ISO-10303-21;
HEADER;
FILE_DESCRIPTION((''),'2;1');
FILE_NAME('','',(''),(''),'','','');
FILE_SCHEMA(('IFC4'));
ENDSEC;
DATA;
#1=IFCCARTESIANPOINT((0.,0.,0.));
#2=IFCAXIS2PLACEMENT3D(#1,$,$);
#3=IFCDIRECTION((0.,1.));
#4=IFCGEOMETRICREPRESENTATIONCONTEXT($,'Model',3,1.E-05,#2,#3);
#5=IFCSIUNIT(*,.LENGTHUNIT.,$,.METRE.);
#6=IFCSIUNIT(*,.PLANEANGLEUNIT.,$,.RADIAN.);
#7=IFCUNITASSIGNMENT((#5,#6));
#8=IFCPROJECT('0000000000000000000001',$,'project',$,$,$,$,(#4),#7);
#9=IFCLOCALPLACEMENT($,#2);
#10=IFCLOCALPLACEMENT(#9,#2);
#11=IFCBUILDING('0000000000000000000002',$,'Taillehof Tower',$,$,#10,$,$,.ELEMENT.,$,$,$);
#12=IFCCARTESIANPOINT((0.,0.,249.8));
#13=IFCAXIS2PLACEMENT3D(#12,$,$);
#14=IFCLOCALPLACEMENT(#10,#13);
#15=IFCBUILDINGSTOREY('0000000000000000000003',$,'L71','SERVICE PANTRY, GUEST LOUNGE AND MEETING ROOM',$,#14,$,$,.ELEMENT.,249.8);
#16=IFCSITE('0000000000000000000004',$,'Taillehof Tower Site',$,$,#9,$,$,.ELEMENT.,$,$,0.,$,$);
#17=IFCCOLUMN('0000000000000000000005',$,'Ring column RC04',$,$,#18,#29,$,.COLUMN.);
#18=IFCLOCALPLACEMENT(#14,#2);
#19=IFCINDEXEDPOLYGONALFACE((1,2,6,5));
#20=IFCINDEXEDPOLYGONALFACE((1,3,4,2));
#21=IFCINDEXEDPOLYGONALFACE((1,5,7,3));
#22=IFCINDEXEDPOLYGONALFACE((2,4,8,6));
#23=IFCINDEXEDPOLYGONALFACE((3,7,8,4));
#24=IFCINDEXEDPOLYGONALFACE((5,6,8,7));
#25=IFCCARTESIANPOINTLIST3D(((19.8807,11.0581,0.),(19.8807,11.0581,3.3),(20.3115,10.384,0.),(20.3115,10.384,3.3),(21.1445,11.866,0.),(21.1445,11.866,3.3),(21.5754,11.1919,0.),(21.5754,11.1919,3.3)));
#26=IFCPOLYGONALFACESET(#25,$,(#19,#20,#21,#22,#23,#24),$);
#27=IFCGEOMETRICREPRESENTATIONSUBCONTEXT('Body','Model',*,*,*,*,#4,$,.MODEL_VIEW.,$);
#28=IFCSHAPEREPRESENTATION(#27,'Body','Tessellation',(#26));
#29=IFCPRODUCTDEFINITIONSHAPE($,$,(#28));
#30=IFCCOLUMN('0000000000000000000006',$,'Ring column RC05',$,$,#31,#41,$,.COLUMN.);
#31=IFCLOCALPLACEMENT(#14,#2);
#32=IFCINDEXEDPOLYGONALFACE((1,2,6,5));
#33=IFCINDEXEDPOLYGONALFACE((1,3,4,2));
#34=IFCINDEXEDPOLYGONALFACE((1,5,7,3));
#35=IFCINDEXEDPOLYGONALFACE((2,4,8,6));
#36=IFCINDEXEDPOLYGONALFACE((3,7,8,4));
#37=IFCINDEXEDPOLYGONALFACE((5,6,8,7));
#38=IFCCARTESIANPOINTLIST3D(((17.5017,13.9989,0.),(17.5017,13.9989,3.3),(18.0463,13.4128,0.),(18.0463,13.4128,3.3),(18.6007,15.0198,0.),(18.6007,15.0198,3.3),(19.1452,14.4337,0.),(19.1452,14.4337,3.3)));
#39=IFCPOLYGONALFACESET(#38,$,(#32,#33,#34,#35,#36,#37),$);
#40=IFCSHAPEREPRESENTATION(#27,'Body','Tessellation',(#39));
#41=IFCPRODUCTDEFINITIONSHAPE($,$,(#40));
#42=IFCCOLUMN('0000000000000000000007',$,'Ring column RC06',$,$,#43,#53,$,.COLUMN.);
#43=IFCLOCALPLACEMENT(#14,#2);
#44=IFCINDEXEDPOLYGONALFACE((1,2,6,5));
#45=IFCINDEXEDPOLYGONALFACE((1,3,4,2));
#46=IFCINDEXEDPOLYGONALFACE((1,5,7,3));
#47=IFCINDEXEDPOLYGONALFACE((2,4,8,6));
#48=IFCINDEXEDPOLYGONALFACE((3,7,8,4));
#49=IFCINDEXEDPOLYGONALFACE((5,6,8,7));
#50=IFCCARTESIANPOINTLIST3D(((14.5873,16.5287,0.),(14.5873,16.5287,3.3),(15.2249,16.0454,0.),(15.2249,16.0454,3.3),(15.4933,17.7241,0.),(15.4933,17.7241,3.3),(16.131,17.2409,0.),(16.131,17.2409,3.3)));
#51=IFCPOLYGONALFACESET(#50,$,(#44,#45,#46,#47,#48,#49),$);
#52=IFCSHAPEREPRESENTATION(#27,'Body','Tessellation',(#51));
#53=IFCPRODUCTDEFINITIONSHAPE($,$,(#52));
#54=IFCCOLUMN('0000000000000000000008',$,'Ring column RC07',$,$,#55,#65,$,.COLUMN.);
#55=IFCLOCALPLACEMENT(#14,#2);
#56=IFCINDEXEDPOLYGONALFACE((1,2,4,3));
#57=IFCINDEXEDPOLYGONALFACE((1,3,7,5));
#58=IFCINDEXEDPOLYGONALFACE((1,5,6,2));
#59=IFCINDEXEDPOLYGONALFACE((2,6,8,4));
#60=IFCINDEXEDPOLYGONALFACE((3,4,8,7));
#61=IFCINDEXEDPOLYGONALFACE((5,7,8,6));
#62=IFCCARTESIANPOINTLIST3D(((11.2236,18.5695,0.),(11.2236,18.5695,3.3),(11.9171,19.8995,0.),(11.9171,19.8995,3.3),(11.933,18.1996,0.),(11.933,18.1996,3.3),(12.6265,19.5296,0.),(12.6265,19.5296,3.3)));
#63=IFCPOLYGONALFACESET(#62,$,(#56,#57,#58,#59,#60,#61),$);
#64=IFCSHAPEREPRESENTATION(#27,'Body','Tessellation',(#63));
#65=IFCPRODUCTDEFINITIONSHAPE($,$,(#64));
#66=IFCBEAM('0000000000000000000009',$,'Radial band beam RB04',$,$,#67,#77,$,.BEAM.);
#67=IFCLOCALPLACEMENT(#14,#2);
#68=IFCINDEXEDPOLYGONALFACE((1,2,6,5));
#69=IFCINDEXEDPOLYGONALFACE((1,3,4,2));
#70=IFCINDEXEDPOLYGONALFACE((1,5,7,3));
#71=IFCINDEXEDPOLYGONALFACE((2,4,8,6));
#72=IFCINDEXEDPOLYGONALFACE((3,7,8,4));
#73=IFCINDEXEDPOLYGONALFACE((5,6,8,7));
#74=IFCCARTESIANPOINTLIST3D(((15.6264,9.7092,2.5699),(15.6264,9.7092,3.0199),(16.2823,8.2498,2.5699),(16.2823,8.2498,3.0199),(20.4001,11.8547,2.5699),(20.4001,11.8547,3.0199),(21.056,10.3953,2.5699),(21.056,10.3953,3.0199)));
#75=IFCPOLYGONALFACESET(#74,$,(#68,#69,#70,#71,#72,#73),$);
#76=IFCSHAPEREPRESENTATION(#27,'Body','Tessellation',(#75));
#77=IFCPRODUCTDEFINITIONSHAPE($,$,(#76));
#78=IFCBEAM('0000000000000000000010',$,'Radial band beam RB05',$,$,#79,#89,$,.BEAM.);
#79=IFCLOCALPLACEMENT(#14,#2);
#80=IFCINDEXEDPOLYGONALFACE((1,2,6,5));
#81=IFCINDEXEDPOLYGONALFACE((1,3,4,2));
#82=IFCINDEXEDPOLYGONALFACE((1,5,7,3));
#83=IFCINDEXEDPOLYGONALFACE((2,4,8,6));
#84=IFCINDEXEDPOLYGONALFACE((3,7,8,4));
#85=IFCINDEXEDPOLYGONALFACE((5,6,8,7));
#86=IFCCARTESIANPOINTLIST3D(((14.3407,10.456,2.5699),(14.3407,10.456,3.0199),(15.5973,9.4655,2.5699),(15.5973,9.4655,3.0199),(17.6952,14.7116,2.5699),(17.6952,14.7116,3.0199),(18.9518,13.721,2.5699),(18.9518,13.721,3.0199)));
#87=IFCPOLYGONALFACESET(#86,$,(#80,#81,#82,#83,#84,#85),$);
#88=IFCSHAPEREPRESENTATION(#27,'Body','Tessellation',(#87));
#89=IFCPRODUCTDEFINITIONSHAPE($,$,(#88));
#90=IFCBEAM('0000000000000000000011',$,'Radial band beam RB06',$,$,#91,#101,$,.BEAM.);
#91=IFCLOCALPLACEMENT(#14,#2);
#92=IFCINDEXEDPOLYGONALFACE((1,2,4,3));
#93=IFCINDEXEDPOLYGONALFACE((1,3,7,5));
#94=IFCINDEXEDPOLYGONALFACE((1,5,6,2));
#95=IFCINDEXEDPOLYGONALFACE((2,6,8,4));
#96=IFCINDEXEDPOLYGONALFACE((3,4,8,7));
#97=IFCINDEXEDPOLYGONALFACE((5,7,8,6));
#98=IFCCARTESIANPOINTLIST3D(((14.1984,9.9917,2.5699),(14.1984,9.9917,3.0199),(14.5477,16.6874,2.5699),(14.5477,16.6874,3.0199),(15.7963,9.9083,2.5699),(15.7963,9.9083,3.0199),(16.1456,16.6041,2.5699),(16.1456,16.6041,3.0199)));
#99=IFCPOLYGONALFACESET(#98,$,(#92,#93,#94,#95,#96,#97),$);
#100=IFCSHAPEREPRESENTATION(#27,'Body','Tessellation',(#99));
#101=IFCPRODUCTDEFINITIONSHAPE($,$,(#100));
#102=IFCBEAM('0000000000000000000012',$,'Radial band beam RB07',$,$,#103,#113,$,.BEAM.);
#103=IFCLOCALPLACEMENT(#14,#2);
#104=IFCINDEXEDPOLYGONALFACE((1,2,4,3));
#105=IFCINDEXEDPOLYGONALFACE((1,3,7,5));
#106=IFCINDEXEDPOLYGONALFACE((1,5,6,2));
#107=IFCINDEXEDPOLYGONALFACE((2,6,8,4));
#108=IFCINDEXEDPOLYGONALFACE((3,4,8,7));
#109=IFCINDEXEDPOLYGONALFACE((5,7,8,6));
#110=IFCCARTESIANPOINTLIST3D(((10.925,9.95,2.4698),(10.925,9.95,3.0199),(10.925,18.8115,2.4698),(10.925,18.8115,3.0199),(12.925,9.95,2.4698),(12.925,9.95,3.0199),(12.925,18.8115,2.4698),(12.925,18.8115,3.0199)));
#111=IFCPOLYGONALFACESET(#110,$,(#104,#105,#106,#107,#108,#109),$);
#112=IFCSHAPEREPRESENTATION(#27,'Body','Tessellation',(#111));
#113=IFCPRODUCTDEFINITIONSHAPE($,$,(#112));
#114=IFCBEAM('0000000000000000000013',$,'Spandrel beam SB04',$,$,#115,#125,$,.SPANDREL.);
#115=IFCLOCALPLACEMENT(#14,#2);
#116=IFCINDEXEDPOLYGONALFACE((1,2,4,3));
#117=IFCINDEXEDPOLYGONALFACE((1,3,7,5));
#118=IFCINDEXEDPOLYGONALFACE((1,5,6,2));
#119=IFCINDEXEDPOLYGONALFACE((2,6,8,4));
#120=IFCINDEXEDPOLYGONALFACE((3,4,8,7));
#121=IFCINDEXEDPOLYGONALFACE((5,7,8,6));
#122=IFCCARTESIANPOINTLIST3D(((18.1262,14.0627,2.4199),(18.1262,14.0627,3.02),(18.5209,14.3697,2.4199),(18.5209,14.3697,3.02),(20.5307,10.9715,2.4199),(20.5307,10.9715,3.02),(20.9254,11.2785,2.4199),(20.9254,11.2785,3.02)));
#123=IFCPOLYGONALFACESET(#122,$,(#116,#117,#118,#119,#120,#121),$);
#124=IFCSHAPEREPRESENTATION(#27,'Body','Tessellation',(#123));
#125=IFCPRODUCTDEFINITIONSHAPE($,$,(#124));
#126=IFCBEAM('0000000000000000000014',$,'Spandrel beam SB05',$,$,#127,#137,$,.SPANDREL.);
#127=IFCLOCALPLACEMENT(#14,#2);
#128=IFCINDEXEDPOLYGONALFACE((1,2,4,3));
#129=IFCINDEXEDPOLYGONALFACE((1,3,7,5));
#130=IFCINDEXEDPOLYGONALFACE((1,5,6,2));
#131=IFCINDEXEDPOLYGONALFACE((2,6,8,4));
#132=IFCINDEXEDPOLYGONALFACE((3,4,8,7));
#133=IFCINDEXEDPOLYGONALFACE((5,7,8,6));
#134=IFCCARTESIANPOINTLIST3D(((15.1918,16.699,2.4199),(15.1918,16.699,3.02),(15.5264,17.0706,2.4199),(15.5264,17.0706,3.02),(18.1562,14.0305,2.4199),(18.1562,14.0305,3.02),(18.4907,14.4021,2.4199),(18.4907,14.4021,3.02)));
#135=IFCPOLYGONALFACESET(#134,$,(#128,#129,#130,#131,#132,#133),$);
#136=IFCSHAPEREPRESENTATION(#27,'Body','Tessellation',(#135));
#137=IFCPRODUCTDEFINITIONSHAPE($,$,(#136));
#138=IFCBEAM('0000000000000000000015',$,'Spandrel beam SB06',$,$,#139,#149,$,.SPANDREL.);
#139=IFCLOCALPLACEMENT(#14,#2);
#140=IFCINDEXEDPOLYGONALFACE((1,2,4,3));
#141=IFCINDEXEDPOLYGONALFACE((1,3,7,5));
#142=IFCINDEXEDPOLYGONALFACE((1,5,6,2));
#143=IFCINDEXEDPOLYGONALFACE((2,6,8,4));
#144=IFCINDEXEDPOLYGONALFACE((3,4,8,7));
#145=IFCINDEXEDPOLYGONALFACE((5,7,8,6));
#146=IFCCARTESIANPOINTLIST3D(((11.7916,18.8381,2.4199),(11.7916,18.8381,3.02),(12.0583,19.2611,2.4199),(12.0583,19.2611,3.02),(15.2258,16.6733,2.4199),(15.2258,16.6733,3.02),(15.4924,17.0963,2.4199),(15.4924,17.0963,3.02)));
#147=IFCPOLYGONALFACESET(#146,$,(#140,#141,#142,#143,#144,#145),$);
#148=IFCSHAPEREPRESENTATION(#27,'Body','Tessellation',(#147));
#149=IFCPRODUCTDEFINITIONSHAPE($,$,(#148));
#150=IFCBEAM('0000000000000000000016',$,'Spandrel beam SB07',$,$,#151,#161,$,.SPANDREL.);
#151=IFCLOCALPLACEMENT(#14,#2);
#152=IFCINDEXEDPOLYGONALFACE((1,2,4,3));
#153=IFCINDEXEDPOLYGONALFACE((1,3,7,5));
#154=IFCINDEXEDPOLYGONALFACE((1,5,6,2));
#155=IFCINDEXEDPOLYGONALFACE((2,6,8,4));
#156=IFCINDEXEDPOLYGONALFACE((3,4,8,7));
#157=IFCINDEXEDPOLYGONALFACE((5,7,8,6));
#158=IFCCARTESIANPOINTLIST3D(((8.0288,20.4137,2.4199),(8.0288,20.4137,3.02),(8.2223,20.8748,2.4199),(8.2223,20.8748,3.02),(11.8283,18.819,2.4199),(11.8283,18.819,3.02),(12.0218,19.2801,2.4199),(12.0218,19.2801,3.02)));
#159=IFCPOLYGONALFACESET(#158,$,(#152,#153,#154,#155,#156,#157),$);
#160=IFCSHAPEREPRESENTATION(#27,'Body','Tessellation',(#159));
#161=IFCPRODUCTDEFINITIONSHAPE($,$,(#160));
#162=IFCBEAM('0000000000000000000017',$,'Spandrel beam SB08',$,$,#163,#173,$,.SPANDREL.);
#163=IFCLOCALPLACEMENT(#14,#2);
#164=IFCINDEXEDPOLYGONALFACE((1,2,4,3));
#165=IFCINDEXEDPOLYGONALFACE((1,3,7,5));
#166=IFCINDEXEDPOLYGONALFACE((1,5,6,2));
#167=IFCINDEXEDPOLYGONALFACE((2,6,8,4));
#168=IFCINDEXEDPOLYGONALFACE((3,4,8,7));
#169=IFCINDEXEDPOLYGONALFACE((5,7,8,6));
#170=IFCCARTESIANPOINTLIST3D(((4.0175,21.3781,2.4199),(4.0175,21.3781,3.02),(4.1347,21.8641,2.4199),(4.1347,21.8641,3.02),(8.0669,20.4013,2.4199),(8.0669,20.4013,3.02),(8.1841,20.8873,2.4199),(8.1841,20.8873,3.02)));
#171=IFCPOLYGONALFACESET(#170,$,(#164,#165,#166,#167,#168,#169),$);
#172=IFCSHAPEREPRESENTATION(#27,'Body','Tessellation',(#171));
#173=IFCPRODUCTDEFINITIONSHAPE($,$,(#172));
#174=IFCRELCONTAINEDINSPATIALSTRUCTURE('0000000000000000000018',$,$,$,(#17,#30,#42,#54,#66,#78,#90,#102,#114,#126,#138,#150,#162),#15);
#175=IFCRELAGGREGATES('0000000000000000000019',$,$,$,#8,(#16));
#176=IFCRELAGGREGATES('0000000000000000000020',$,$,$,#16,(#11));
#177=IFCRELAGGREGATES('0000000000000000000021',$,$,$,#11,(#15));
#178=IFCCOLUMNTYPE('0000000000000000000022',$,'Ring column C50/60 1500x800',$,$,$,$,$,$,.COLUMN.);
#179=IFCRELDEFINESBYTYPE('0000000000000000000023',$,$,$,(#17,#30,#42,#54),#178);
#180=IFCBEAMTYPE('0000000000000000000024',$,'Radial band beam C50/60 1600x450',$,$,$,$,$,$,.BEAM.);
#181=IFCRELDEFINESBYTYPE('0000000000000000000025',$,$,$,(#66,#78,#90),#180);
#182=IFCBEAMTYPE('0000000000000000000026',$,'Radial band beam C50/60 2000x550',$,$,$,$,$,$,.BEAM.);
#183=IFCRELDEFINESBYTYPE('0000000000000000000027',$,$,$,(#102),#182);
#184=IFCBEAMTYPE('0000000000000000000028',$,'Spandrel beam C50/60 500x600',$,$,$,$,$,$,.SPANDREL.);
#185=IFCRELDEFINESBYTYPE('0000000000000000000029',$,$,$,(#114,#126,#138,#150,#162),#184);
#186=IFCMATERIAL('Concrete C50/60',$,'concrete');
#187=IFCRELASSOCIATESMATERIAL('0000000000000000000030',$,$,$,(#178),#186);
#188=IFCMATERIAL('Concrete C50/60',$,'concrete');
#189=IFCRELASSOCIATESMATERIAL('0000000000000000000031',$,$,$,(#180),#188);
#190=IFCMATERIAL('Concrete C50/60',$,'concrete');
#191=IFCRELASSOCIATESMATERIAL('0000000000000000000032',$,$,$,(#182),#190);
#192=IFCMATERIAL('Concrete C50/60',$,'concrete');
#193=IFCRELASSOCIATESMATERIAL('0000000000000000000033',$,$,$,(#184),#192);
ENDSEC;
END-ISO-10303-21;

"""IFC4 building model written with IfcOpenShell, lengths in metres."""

from ifc_helpers import new_model, si_unit, direction, frame, origin, origin_2d, place, context, subcontext, project, spatial, rectangle, extrude, material, material_profile, profile_set, type_object, element, save


model = new_model("IFC4")

# Units and contexts
model_context = context("Model", 3, precision=1e-05, world=origin(), true_north=direction((0.0, 1.0)))
body_context = subcontext(model_context, "Body", "Model", "MODEL_VIEW")
ifc_project = project(units=[si_unit("LENGTHUNIT", "METRE"), si_unit("PLANEANGLEUNIT", "RADIAN")], contexts=[model_context])

# Site, building, storey
site_placement = place(None, origin())
site = spatial("IfcSite", under=ifc_project, at=site_placement, Name="Taillehof Tower Site", CompositionType="ELEMENT", RefElevation=0.0)
building_placement = place(site_placement, origin())
building = spatial("IfcBuilding", under=site, at=building_placement, Name="Taillehof Tower", CompositionType="ELEMENT")
storey_placement = place(building_placement, frame((0.0, 0.0, 249.8)))
storey = spatial("IfcBuildingStorey", under=building, at=storey_placement, Name="L71", Description="SERVICE PANTRY, GUEST LOUNGE AND MEETING ROOM", CompositionType="ELEMENT", Elevation=249.8)

# Columns
ifc_material_1 = material(Name="Concrete C50/60", Category="concrete")
ifc_material_profile_1 = material_profile(ifc_material_1, rectangle(XDim=1.5, YDim=0.8, at=origin_2d()), Name="RC 1500x800")
ifc_profile_set_1 = profile_set([ifc_material_profile_1], Name="Concrete C50/60")
column_type = type_object("IfcColumnType", Name="Ring column C50/60 1500x800", PredefinedType="COLUMN", material=ifc_profile_set_1)
for number, where, z_axis, x_axis, name in (
    (1, (20.728, 11.125, 0.0), (0.0, 0.0, 1.0), (0.842574, 0.538581, 0.0), "Ring column RC04"),
    (2, (18.3235, 14.2163, 0.0), (0.0, 0.0, 1.0), (0.732636, 0.680621, 0.0), "Ring column RC05"),
    (3, (15.3591, 16.8848, 0.0), (0.0, 0.0, 1.0), (0.60402, 0.796969, 0.0), "Ring column RC06"),
    (4, (11.925, 19.0496, 0.0), (0.0, 0.0, 1.0), (0.462384, 0.88668, 0.0), "Ring column RC07"),
):
    element("IfcColumn", number, at=place(storey_placement, frame(where, z_axis=z_axis, x_axis=x_axis)), inside=storey, type_object=column_type, Name=name, PredefinedType="COLUMN", context=body_context, shape_type="SweptSolid", body=[
        extrude(rectangle(XDim=1.5, YDim=0.8, at=origin_2d()), origin(), (0.0, 0.0, 1.0), 3.3),
    ])

# Beams
ifc_material_2 = material(Name="Concrete C50/60", Category="concrete")
ifc_material_profile_2 = material_profile(ifc_material_2, rectangle(XDim=1.6001, YDim=0.45, at=origin_2d()), Name="RC 1600x450")
ifc_profile_set_2 = profile_set([ifc_material_profile_2], Name="Concrete C50/60")
beam_type_1 = type_object("IfcBeamType", Name="Radial band beam C50/60 1600x450", PredefinedType="BEAM", material=ifc_profile_set_2)
beam_1_placement = place(storey_placement, frame((20.728, 11.125, 2.7949), z_axis=(-0.912111, -0.409944, 0.0), x_axis=(0.409944, -0.912111, 0.0)))
element("IfcBeam", 5, at=beam_1_placement, inside=storey, type_object=beam_type_1, Name="Radial band beam RB04", PredefinedType="BEAM", context=body_context, shape_type="SweptSolid", body=[
    extrude(rectangle(XDim=1.6001, YDim=0.45, at=origin_2d()), origin(), (0.0, 0.0, 1.0), 5.2336),
])
beam_2_placement = place(storey_placement, frame((18.3235, 14.2163, 2.7949), z_axis=(-0.619052, -0.78535, 0.0), x_axis=(0.78535, -0.619052, 0.0)))
element("IfcBeam", 6, at=beam_2_placement, inside=storey, type_object=beam_type_1, Name="Radial band beam RB05", PredefinedType="BEAM", context=body_context, shape_type="SweptSolid", body=[
    extrude(rectangle(XDim=1.6001, YDim=0.45, at=origin_2d()), origin(), (0.0, 0.0, 1.0), 5.4187),
])
beam_3_placement = place(storey_placement, frame((15.3467, 16.6458, 2.7949), z_axis=(-0.052106, -0.998642, 0.0), x_axis=(0.998642, -0.052106, 0.0)))
element("IfcBeam", 7, at=beam_3_placement, inside=storey, type_object=beam_type_1, Name="Radial band beam RB06", PredefinedType="BEAM", context=body_context, shape_type="SweptSolid", body=[
    extrude(rectangle(XDim=1.6001, YDim=0.45, at=origin_2d()), origin(), (0.0, 0.0, 1.0), 6.7048),
])
ifc_material_3 = material(Name="Concrete C50/60", Category="concrete")
ifc_material_profile_3 = material_profile(ifc_material_3, rectangle(XDim=2.0, YDim=0.55, at=origin_2d()), Name="RC 2000x550")
ifc_profile_set_3 = profile_set([ifc_material_profile_3], Name="Concrete C50/60")
beam_type_2 = type_object("IfcBeamType", Name="Radial band beam C50/60 2000x550", PredefinedType="BEAM", material=ifc_profile_set_3)
beam_4_placement = place(storey_placement, frame((11.925, 18.8115, 2.7449), z_axis=(0.0, -1.0, 0.0), x_axis=(1.0, 0.0, 0.0)))
element("IfcBeam", 8, at=beam_4_placement, inside=storey, type_object=beam_type_2, Name="Radial band beam RB07", PredefinedType="BEAM", context=body_context, shape_type="SweptSolid", body=[
    extrude(rectangle(XDim=2.0, YDim=0.55, at=origin_2d()), origin(), (0.0, 0.0, 1.0), 8.8616),
])
ifc_material_4 = material(Name="Concrete C50/60", Category="concrete")
ifc_material_profile_4 = material_profile(ifc_material_4, rectangle(XDim=0.5, YDim=0.6001, at=origin_2d()), Name="RC 500x600")
ifc_profile_set_4 = profile_set([ifc_material_profile_4], Name="Concrete C50/60")
beam_type_3 = type_object("IfcBeamType", Name="Spandrel beam C50/60 500x600", PredefinedType="SPANDREL", material=ifc_profile_set_4)
beam_5_placement = place(storey_placement, frame((20.728, 11.125, 2.72), z_axis=(-0.613971, 0.789329, 0.0), x_axis=(-0.789329, -0.613971, 0.0)))
element("IfcBeam", 9, at=beam_5_placement, inside=storey, type_object=beam_type_3, Name="Spandrel beam SB04", PredefinedType="SPANDREL", context=body_context, shape_type="SweptSolid", body=[
    extrude(rectangle(XDim=0.5, YDim=0.6001, at=origin_2d()), origin(), (0.0, 0.0, 1.0), 3.9163),
])
beam_6_placement = place(storey_placement, frame((18.3235, 14.2163, 2.72), z_axis=(-0.743227, 0.669039, 0.0), x_axis=(-0.669039, -0.743227, 0.0)))
element("IfcBeam", 10, at=beam_6_placement, inside=storey, type_object=beam_type_3, Name="Spandrel beam SB05", PredefinedType="SPANDREL", context=body_context, shape_type="SweptSolid", body=[
    extrude(rectangle(XDim=0.5, YDim=0.6001, at=origin_2d()), origin(), (0.0, 0.0, 1.0), 3.9885),
])
beam_7_placement = place(storey_placement, frame((15.3591, 16.8848, 2.72), z_axis=(-0.845944, 0.533271, 0.0), x_axis=(-0.533271, -0.845944, 0.0)))
element("IfcBeam", 11, at=beam_7_placement, inside=storey, type_object=beam_type_3, Name="Spandrel beam SB06", PredefinedType="SPANDREL", context=body_context, shape_type="SweptSolid", body=[
    extrude(rectangle(XDim=0.5, YDim=0.6001, at=origin_2d()), origin(), (0.0, 0.0, 1.0), 4.0596),
])
beam_8_placement = place(storey_placement, frame((11.925, 19.0496, 2.72), z_axis=(-0.922076, 0.387008, 0.0), x_axis=(-0.387008, -0.922076, 0.0)))
element("IfcBeam", 12, at=beam_8_placement, inside=storey, type_object=beam_type_3, Name="Spandrel beam SB07", PredefinedType="SPANDREL", context=body_context, shape_type="SweptSolid", body=[
    extrude(rectangle(XDim=0.5, YDim=0.6001, at=origin_2d()), origin(), (0.0, 0.0, 1.0), 4.1206),
])
beam_9_placement = place(storey_placement, frame((8.1255, 20.6443, 2.72), z_axis=(-0.972116, 0.234501, 0.0), x_axis=(-0.234501, -0.972116, 0.0)))
element("IfcBeam", 13, at=beam_9_placement, inside=storey, type_object=beam_type_3, Name="Spandrel beam SB08", PredefinedType="SPANDREL", context=body_context, shape_type="SweptSolid", body=[
    extrude(rectangle(XDim=0.5, YDim=0.6001, at=origin_2d()), origin(), (0.0, 0.0, 1.0), 4.1655),
])

save(model, "model.ifc")
